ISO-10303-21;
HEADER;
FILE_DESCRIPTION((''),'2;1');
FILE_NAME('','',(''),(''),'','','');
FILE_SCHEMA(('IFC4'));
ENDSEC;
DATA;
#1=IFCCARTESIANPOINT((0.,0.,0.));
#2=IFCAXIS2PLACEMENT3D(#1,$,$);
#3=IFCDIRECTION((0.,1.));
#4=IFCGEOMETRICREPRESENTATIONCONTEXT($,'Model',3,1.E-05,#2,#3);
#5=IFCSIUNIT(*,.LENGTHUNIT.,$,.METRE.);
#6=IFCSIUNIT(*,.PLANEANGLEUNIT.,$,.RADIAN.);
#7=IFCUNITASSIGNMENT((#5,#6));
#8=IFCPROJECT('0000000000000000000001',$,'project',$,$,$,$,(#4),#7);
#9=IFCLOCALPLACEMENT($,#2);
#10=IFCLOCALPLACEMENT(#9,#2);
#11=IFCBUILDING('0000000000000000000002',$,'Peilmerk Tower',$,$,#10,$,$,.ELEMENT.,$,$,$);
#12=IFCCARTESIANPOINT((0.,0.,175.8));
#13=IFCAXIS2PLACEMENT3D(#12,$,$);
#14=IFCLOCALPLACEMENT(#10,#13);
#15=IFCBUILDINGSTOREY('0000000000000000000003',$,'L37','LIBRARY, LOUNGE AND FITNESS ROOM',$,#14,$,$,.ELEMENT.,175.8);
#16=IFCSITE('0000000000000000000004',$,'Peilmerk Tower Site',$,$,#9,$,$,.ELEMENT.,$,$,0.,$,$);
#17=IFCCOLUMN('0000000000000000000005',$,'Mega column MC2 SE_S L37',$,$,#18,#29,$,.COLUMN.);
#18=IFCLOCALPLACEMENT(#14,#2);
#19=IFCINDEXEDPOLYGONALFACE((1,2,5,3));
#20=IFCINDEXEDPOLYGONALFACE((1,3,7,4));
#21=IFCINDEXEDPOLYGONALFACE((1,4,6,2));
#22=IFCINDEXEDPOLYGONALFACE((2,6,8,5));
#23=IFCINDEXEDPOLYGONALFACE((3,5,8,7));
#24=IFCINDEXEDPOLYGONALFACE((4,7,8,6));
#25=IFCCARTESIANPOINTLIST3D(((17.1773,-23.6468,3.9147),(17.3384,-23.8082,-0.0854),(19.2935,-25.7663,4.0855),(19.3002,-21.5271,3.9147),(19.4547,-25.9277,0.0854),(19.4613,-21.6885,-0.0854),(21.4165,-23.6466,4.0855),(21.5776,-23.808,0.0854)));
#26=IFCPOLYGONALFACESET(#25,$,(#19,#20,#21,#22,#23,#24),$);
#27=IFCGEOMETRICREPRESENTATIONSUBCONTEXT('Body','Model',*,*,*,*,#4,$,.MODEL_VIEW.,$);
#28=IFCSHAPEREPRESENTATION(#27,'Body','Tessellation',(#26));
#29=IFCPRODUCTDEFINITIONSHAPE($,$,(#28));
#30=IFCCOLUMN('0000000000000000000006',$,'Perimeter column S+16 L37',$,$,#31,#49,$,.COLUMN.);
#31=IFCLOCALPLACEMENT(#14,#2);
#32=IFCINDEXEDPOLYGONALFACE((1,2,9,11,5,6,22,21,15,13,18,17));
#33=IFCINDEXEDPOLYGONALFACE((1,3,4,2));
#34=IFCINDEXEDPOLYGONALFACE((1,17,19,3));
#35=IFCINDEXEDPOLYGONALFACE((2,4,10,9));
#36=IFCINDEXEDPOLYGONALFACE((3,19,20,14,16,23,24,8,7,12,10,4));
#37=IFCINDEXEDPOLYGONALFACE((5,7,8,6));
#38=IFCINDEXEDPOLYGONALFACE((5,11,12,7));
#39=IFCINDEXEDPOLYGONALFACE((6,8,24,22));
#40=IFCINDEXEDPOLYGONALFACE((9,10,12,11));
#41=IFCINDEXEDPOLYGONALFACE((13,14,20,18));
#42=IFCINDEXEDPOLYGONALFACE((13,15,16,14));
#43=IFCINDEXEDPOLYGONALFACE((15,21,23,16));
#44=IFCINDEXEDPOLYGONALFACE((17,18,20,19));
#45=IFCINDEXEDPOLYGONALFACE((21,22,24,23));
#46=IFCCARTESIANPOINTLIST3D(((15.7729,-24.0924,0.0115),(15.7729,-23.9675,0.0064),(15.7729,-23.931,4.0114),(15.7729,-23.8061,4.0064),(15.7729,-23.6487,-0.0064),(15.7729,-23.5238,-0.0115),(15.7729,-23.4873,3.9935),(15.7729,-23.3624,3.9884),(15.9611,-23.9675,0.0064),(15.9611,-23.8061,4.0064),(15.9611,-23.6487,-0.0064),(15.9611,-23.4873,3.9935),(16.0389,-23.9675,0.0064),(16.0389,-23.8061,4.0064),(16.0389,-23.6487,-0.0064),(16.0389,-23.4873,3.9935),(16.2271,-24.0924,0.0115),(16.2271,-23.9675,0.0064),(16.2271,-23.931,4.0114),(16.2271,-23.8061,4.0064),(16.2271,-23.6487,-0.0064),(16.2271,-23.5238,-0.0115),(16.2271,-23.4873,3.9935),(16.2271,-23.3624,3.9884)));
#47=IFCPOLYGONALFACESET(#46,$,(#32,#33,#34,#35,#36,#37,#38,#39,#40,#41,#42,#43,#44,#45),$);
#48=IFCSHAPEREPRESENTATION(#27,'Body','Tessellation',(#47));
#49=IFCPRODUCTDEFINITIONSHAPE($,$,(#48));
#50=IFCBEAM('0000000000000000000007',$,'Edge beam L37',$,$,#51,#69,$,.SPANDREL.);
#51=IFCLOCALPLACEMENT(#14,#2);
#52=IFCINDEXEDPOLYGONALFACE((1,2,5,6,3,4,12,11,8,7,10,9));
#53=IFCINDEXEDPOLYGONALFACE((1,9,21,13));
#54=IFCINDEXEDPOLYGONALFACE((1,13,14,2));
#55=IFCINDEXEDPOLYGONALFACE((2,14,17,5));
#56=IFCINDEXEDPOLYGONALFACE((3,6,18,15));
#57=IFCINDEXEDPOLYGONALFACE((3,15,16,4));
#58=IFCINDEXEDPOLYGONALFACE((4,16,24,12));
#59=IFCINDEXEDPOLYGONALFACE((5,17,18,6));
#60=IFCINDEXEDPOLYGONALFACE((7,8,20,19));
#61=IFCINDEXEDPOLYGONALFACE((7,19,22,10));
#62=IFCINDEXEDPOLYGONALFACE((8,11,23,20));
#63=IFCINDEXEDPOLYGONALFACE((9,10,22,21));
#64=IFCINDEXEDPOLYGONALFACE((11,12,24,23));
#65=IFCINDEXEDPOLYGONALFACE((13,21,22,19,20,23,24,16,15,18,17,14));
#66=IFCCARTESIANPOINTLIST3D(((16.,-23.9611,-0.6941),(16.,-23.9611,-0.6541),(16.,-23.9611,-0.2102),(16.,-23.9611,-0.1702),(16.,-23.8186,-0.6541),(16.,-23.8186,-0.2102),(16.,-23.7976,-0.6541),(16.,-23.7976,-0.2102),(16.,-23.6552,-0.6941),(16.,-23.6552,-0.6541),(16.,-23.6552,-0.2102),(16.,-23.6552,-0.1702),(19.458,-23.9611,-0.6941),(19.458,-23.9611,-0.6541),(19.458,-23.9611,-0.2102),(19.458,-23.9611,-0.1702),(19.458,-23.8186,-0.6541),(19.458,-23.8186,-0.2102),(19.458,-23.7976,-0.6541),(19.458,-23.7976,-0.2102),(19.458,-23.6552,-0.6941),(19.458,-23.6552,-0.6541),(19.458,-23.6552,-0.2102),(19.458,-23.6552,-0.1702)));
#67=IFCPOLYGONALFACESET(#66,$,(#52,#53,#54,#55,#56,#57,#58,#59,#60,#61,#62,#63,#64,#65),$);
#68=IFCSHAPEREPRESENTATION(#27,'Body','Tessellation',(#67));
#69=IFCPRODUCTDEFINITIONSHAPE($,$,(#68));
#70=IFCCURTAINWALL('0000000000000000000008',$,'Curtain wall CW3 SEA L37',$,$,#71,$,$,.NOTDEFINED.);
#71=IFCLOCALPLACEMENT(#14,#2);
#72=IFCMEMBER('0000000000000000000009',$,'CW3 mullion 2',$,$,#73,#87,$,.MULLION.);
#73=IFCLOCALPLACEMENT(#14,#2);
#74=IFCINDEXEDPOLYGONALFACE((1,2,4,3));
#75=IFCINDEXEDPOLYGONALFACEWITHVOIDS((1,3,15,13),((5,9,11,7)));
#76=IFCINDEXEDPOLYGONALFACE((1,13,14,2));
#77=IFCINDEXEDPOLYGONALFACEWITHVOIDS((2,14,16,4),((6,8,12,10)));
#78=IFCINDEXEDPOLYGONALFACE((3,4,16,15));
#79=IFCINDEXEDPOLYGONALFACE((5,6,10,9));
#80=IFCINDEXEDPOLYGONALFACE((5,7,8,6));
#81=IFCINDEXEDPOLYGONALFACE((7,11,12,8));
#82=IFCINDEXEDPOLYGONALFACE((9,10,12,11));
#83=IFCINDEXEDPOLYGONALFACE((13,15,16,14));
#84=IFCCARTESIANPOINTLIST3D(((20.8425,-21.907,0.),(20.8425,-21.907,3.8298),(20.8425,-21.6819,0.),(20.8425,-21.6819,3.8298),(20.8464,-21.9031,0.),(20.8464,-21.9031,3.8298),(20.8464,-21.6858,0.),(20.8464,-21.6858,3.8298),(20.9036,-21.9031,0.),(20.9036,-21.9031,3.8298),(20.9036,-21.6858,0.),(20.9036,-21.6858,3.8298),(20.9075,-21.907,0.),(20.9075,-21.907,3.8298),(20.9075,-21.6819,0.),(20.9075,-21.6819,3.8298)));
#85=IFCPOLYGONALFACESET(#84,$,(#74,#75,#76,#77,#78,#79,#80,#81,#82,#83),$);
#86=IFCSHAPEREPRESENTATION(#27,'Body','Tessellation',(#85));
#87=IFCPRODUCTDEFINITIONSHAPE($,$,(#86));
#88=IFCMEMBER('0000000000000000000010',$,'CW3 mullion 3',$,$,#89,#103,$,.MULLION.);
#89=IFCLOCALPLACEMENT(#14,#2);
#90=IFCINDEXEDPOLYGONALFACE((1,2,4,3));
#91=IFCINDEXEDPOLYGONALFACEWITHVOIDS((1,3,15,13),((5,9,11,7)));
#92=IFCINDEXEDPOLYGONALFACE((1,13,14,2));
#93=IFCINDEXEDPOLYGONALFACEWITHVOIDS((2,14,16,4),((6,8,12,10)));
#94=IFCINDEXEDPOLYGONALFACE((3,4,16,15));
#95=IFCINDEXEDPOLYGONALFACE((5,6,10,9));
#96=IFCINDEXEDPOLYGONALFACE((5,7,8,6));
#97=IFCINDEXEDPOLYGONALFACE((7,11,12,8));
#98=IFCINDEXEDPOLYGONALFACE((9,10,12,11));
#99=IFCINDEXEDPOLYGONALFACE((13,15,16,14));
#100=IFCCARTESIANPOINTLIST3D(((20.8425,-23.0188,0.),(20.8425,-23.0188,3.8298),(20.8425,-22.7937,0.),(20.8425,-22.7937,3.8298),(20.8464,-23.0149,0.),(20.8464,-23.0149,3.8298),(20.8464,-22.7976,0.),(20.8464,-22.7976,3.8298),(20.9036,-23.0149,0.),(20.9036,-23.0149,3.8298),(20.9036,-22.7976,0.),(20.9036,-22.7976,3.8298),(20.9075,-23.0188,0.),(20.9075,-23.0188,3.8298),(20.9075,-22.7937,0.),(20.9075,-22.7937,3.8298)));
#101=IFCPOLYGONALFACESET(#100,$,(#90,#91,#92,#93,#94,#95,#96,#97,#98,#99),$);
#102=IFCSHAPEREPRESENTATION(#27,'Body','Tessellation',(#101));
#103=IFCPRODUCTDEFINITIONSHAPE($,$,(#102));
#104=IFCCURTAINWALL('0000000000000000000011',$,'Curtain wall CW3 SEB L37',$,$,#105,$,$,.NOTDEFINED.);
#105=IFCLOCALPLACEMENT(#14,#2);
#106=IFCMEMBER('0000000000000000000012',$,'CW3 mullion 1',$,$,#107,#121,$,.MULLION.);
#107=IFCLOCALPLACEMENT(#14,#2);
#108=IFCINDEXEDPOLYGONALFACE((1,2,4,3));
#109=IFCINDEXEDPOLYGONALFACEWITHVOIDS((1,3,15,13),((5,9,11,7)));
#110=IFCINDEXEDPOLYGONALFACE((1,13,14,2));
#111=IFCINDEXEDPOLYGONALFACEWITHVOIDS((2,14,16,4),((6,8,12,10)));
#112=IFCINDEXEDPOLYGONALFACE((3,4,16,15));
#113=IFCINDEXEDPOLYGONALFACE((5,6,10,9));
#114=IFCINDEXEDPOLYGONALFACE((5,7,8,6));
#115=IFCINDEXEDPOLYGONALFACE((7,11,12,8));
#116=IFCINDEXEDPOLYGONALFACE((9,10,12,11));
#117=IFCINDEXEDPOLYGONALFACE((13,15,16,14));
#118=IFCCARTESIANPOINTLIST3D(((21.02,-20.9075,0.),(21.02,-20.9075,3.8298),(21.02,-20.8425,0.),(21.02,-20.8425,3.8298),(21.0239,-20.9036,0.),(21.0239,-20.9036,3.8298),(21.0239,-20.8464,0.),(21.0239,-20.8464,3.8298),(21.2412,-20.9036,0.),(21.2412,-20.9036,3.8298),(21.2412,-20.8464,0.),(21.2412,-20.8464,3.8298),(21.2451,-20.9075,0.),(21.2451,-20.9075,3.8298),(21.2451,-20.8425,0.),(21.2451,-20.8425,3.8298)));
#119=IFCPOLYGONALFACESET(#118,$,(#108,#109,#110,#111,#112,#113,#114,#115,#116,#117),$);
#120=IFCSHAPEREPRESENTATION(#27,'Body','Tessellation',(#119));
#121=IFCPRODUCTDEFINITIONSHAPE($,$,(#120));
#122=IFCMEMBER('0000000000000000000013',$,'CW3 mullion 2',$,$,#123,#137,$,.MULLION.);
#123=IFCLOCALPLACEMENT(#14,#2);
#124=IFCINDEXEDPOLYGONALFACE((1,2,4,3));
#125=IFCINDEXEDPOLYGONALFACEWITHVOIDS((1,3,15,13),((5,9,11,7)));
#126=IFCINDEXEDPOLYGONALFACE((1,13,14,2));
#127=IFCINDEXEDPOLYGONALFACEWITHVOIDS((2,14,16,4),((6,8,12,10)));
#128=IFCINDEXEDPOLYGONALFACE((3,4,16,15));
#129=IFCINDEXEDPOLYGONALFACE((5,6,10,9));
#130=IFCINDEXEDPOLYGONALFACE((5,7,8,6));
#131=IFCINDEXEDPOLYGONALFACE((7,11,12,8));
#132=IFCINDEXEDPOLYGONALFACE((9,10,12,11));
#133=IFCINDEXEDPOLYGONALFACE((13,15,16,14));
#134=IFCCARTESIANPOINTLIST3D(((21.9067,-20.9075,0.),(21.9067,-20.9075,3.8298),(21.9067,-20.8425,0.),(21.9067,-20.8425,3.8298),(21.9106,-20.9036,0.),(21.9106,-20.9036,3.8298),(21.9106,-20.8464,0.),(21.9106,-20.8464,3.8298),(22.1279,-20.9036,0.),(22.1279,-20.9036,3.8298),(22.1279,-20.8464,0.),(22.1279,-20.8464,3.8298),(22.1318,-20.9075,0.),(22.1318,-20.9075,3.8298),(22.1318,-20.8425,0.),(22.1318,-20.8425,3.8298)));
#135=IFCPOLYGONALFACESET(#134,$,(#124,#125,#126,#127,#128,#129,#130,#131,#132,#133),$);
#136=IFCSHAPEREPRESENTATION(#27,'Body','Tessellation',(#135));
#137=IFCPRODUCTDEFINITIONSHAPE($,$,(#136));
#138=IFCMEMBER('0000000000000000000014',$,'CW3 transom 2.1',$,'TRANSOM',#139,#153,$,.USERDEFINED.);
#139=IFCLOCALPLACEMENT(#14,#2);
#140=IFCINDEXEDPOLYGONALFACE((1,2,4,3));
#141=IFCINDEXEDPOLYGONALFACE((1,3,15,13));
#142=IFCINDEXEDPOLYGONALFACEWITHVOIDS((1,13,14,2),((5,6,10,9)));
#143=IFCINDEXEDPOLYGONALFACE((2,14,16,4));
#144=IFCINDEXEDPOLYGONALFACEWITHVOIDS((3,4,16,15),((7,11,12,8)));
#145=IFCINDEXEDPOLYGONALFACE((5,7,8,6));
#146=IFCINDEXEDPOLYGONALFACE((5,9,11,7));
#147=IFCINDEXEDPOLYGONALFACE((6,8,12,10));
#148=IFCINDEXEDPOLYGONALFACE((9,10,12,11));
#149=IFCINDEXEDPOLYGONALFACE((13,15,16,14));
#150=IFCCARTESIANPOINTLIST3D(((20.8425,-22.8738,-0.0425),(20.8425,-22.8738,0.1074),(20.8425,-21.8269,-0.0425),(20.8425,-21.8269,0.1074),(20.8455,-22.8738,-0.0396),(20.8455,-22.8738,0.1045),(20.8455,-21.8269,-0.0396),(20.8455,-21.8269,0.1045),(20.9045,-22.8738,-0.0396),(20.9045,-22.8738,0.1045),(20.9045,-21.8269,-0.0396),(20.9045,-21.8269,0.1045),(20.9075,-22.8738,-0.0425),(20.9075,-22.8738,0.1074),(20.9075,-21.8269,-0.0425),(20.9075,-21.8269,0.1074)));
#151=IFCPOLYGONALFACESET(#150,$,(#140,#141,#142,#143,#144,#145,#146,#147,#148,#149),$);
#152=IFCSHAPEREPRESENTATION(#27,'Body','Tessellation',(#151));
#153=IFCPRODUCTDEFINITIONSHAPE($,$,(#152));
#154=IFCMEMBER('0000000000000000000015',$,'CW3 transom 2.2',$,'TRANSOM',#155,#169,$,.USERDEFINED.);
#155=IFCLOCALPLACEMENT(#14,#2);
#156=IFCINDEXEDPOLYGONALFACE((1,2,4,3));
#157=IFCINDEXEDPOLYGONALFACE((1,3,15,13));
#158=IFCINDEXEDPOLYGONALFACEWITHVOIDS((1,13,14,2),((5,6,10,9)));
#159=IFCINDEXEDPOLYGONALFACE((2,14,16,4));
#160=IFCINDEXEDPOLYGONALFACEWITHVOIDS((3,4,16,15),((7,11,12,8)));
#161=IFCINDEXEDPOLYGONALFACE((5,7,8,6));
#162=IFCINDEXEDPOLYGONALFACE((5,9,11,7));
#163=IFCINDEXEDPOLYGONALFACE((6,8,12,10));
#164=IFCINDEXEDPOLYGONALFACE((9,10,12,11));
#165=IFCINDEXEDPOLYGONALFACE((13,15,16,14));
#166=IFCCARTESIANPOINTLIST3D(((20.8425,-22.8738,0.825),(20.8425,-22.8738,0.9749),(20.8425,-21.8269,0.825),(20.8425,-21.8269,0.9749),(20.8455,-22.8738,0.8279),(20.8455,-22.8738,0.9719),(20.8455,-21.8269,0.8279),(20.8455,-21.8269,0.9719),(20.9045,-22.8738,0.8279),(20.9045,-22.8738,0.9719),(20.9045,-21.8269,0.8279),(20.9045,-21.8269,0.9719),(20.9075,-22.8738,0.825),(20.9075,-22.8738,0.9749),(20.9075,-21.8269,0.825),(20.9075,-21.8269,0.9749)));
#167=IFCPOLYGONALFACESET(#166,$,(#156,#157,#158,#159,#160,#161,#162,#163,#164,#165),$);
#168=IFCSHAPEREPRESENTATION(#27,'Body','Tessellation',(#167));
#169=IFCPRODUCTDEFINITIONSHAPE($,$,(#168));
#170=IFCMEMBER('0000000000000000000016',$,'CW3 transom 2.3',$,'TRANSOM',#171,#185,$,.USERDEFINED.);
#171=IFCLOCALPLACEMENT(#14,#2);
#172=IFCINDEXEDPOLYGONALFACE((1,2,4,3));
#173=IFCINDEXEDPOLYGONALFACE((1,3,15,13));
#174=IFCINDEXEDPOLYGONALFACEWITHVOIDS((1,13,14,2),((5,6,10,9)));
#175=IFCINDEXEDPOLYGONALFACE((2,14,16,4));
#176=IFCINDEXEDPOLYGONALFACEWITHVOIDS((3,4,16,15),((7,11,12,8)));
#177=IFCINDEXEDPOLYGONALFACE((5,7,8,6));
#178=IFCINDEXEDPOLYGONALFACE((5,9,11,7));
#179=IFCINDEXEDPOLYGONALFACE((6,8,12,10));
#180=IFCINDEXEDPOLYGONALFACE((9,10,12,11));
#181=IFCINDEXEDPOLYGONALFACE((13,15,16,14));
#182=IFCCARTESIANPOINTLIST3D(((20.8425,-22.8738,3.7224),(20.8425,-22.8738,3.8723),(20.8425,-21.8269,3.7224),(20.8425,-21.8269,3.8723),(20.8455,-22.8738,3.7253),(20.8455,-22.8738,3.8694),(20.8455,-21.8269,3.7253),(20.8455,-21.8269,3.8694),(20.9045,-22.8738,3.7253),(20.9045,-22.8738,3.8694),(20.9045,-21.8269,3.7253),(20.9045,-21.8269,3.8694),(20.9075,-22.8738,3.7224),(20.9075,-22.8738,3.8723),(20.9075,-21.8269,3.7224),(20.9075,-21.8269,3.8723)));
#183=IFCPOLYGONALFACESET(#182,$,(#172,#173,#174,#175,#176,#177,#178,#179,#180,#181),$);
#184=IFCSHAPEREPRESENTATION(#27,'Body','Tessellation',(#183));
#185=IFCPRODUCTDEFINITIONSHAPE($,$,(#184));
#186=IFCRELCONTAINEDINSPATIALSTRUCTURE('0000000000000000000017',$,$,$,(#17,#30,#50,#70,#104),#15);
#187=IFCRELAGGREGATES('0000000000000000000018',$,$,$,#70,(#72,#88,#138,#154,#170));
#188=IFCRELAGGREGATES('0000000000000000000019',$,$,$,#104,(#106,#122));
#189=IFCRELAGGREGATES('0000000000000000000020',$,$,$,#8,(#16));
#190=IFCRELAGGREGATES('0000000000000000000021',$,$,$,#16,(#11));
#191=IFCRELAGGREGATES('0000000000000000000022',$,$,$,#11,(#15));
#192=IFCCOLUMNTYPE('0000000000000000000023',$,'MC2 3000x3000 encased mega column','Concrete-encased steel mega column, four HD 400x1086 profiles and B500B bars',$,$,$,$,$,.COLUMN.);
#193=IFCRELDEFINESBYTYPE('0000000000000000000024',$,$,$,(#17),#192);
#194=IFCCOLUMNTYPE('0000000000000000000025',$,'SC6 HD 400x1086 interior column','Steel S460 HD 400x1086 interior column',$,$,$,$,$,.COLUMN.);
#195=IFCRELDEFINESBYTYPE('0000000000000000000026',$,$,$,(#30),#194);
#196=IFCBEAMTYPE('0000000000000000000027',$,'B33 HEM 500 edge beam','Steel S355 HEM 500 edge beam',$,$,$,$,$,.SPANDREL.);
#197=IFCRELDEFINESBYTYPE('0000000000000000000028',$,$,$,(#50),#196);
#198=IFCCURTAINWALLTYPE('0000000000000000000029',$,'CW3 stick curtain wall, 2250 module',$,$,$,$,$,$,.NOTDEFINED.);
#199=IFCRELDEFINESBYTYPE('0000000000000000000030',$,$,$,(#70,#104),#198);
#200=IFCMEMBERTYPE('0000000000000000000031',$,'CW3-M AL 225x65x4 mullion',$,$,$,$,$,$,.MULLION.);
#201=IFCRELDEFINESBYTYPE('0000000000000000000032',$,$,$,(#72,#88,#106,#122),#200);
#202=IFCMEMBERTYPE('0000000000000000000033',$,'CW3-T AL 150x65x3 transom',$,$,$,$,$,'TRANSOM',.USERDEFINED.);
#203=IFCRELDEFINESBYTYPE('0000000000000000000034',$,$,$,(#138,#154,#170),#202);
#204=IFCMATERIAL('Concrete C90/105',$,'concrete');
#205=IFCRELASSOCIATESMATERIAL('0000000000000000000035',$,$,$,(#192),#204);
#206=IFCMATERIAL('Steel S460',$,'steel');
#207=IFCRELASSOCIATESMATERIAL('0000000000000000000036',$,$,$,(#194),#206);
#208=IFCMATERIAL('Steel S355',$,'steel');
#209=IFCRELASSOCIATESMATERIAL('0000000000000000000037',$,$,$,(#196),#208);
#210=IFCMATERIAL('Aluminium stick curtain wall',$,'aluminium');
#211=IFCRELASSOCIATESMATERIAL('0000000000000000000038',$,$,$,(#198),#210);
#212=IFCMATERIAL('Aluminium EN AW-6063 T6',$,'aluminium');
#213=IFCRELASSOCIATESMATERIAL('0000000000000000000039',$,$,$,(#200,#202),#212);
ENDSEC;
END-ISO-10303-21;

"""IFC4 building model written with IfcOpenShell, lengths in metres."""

from ifc_helpers import new_model, si_unit, direction, frame, origin, origin_2d, place, context, subcontext, project, spatial, rectangle, hollow_rectangle, i_section, extrude, material, material_profile, profile_set, type_object, element, aggregate, save


model = new_model("IFC4")

# Units and contexts
model_context = context("Model", 3, precision=1e-05, world=origin(), true_north=direction((0.0, 1.0)))
body_context = subcontext(model_context, "Body", "Model", "MODEL_VIEW")
ifc_project = project(units=[si_unit("LENGTHUNIT", "METRE"), si_unit("PLANEANGLEUNIT", "RADIAN")], contexts=[model_context])

# Site, building, storey
site_placement = place(None, origin())
site = spatial("IfcSite", under=ifc_project, at=site_placement, Name="Peilmerk Tower Site", CompositionType="ELEMENT", RefElevation=0.0)
building_placement = place(site_placement, origin())
building = spatial("IfcBuilding", under=site, at=building_placement, Name="Peilmerk Tower", CompositionType="ELEMENT")
storey_placement = place(building_placement, frame((0.0, 0.0, 175.8)))
storey = spatial("IfcBuildingStorey", under=building, at=storey_placement, Name="L37", Description="LIBRARY, LOUNGE AND FITNESS ROOM", CompositionType="ELEMENT", Elevation=175.8)

# Columns
ifc_material_1 = material(Name="Concrete C90/105", Category="concrete")
ifc_material_profile_1 = material_profile(ifc_material_1, rectangle(XDim=3.0, YDim=3.0, at=origin_2d()), Name="RC 3000x3000")
ifc_profile_set_1 = profile_set([ifc_material_profile_1], Name="Concrete C90/105")
column_type_1 = type_object("IfcColumnType", Name="MC2 3000x3000 encased mega column", Description="Concrete-encased steel mega column, four HD 400x1086 profiles and B500B bars", PredefinedType="COLUMN", material=ifc_profile_set_1)
column_1_placement = place(storey_placement, frame((19.458, -23.8081, 0.0), z_axis=(-0.040218, 0.040279, 0.998379), x_axis=(-0.707642, -0.706571, 0.0)))
element("IfcColumn", 1, at=column_1_placement, inside=storey, type_object=column_type_1, Name="Mega column MC2 SE_S L37", PredefinedType="COLUMN", context=body_context, shape_type="SweptSolid", body=[
    extrude(rectangle(XDim=3.0, YDim=3.0, at=origin_2d()), origin(), (0.0, 0.0, 1.0), 4.0066),
])
ifc_material_2 = material(Name="Steel S460", Category="steel")
ifc_material_profile_2 = material_profile(ifc_material_2, i_section(OverallWidth=0.4541, OverallDepth=0.5691, WebThickness=0.0779, FlangeThickness=0.125, at=origin_2d()), Name="HD 400x1086")
ifc_profile_set_2 = profile_set([ifc_material_profile_2], Name="Steel S460")
column_type_2 = type_object("IfcColumnType", Name="SC6 HD 400x1086 interior column", Description="Steel S460 HD 400x1086 interior column", PredefinedType="COLUMN", material=ifc_profile_set_2)
column_2_placement = place(storey_placement, frame((16.0, -23.8081, 0.0), z_axis=(0.0, 0.040311, 0.999187), x_axis=(-1.0, 0.0, 0.0)))
element("IfcColumn", 2, at=column_2_placement, inside=storey, type_object=column_type_2, Name="Perimeter column S+16 L37", PredefinedType="COLUMN", context=body_context, shape_type="SweptSolid", body=[
    extrude(i_section(OverallWidth=0.4541, OverallDepth=0.5691, WebThickness=0.0779, FlangeThickness=0.125, at=origin_2d()), origin(), (0.0, 0.0, 1.0), 4.0032),
])

# Beam
ifc_material_3 = material(Name="Steel S355", Category="steel")
ifc_material_profile_3 = material_profile(ifc_material_3, i_section(OverallWidth=0.3059, OverallDepth=0.5239, WebThickness=0.021, FlangeThickness=0.04, at=origin_2d()), Name="HEM 500")
ifc_profile_set_3 = profile_set([ifc_material_profile_3], Name="Steel S355")
beam_type = type_object("IfcBeamType", Name="B33 HEM 500 edge beam", Description="Steel S355 HEM 500 edge beam", PredefinedType="SPANDREL", material=ifc_profile_set_3)
beam_placement = place(storey_placement, frame((16.0, -23.8081, -0.4321), z_axis=(1.0, 0.0, 0.0), x_axis=(0.0, 1.0, 0.0)))
element("IfcBeam", 3, at=beam_placement, inside=storey, type_object=beam_type, Name="Edge beam L37", PredefinedType="SPANDREL", context=body_context, shape_type="SweptSolid", body=[
    extrude(i_section(OverallWidth=0.3059, OverallDepth=0.5239, WebThickness=0.021, FlangeThickness=0.04, at=origin_2d()), origin(), (0.0, 0.0, 1.0), 3.458),
])

# Curtain walls, members
ifc_material_4 = material(Name="Aluminium stick curtain wall", Category="aluminium")
curtain_wall_type = type_object("IfcCurtainWallType", Name="CW3 stick curtain wall, 2250 module", PredefinedType="NOTDEFINED", material=ifc_material_4)
curtain_wall_1_placement = place(storey_placement, origin())
curtain_wall_1 = element("IfcCurtainWall", 4, at=curtain_wall_1_placement, inside=storey, type_object=curtain_wall_type, Name="Curtain wall CW3 SEA L37", PredefinedType="NOTDEFINED")
ifc_material_5 = material(Name="Aluminium EN AW-6063 T6", Category="aluminium")
ifc_material_profile_4 = material_profile(ifc_material_5, hollow_rectangle(XDim=0.0649, YDim=0.2251, WallThickness=0.0039, at=origin_2d()), Name="AL 225x65x4")
ifc_profile_set_4 = profile_set([ifc_material_profile_4], Name="Aluminium EN AW-6063 T6")
member_type_1 = type_object("IfcMemberType", Name="CW3-M AL 225x65x4 mullion", PredefinedType="MULLION", material=ifc_profile_set_4)
member_1_placement = place(storey_placement, frame((20.875, -21.7944, 0.0), z_axis=(0.0, 0.0, 1.0), x_axis=(1.0, 0.0, 0.0)))
member_1 = element("IfcMember", 5, at=member_1_placement, type_object=member_type_1, Name="CW3 mullion 2", PredefinedType="MULLION", context=body_context, shape_type="SweptSolid", body=[
    extrude(hollow_rectangle(XDim=0.0649, YDim=0.2251, WallThickness=0.0039, at=origin_2d()), origin(), (0.0, 0.0, 1.0), 3.8298),
])
member_2_placement = place(storey_placement, frame((20.875, -22.9062, 0.0), z_axis=(0.0, 0.0, 1.0), x_axis=(1.0, 0.0, 0.0)))
member_2 = element("IfcMember", 6, at=member_2_placement, type_object=member_type_1, Name="CW3 mullion 3", PredefinedType="MULLION", context=body_context, shape_type="SweptSolid", body=[
    extrude(hollow_rectangle(XDim=0.0649, YDim=0.2251, WallThickness=0.0039, at=origin_2d()), origin(), (0.0, 0.0, 1.0), 3.8298),
])
curtain_wall_2_placement = place(storey_placement, origin())
curtain_wall_2 = element("IfcCurtainWall", 7, at=curtain_wall_2_placement, inside=storey, type_object=curtain_wall_type, Name="Curtain wall CW3 SEB L37", PredefinedType="NOTDEFINED")
member_3_placement = place(storey_placement, frame((21.1326, -20.875, 0.0), z_axis=(0.0, 0.0, 1.0), x_axis=(0.0, 1.0, 0.0)))
member_3 = element("IfcMember", 8, at=member_3_placement, type_object=member_type_1, Name="CW3 mullion 1", PredefinedType="MULLION", context=body_context, shape_type="SweptSolid", body=[
    extrude(hollow_rectangle(XDim=0.0649, YDim=0.2251, WallThickness=0.0039, at=origin_2d()), origin(), (0.0, 0.0, 1.0), 3.8298),
])
member_4_placement = place(storey_placement, frame((22.0193, -20.875, 0.0), z_axis=(0.0, 0.0, 1.0), x_axis=(0.0, 1.0, 0.0)))
member_4 = element("IfcMember", 9, at=member_4_placement, type_object=member_type_1, Name="CW3 mullion 2", PredefinedType="MULLION", context=body_context, shape_type="SweptSolid", body=[
    extrude(hollow_rectangle(XDim=0.0649, YDim=0.2251, WallThickness=0.0039, at=origin_2d()), origin(), (0.0, 0.0, 1.0), 3.8298),
])

# Members
ifc_material_profile_5 = material_profile(ifc_material_5, hollow_rectangle(XDim=0.0649, YDim=0.1499, WallThickness=0.0029, at=origin_2d()), Name="AL 150x65x3")
ifc_profile_set_5 = profile_set([ifc_material_profile_5], Name="Aluminium EN AW-6063 T6")
member_type_2 = type_object("IfcMemberType", Name="CW3-T AL 150x65x3 transom", ElementType="TRANSOM", PredefinedType="USERDEFINED", material=ifc_profile_set_5)
member_5_placement = place(storey_placement, frame((20.875, -21.8269, 0.0325), z_axis=(0.0, -1.0, 0.0), x_axis=(1.0, 0.0, 0.0)))
member_5 = element("IfcMember", 10, at=member_5_placement, type_object=member_type_2, Name="CW3 transom 2.1", ObjectType="TRANSOM", PredefinedType="USERDEFINED", context=body_context, shape_type="SweptSolid", body=[
    extrude(hollow_rectangle(XDim=0.0649, YDim=0.1499, WallThickness=0.0029, at=origin_2d()), origin(), (0.0, 0.0, 1.0), 1.0469),
])
member_6_placement = place(storey_placement, frame((20.875, -21.8269, 0.8999), z_axis=(0.0, -1.0, 0.0), x_axis=(1.0, 0.0, 0.0)))
member_6 = element("IfcMember", 11, at=member_6_placement, type_object=member_type_2, Name="CW3 transom 2.2", ObjectType="TRANSOM", PredefinedType="USERDEFINED", context=body_context, shape_type="SweptSolid", body=[
    extrude(hollow_rectangle(XDim=0.0649, YDim=0.1499, WallThickness=0.0029, at=origin_2d()), origin(), (0.0, 0.0, 1.0), 1.0469),
])
member_7_placement = place(storey_placement, frame((20.875, -21.8269, 3.7974), z_axis=(0.0, -1.0, 0.0), x_axis=(1.0, 0.0, 0.0)))
member_7 = element("IfcMember", 12, at=member_7_placement, type_object=member_type_2, Name="CW3 transom 2.3", ObjectType="TRANSOM", PredefinedType="USERDEFINED", context=body_context, shape_type="SweptSolid", body=[
    extrude(hollow_rectangle(XDim=0.0649, YDim=0.1499, WallThickness=0.0029, at=origin_2d()), origin(), (0.0, 0.0, 1.0), 1.0469),
])

aggregate(curtain_wall_1, [member_1, member_2, member_5, member_6, member_7])
aggregate(curtain_wall_2, [member_3, member_4])

save(model, "model.ifc")
